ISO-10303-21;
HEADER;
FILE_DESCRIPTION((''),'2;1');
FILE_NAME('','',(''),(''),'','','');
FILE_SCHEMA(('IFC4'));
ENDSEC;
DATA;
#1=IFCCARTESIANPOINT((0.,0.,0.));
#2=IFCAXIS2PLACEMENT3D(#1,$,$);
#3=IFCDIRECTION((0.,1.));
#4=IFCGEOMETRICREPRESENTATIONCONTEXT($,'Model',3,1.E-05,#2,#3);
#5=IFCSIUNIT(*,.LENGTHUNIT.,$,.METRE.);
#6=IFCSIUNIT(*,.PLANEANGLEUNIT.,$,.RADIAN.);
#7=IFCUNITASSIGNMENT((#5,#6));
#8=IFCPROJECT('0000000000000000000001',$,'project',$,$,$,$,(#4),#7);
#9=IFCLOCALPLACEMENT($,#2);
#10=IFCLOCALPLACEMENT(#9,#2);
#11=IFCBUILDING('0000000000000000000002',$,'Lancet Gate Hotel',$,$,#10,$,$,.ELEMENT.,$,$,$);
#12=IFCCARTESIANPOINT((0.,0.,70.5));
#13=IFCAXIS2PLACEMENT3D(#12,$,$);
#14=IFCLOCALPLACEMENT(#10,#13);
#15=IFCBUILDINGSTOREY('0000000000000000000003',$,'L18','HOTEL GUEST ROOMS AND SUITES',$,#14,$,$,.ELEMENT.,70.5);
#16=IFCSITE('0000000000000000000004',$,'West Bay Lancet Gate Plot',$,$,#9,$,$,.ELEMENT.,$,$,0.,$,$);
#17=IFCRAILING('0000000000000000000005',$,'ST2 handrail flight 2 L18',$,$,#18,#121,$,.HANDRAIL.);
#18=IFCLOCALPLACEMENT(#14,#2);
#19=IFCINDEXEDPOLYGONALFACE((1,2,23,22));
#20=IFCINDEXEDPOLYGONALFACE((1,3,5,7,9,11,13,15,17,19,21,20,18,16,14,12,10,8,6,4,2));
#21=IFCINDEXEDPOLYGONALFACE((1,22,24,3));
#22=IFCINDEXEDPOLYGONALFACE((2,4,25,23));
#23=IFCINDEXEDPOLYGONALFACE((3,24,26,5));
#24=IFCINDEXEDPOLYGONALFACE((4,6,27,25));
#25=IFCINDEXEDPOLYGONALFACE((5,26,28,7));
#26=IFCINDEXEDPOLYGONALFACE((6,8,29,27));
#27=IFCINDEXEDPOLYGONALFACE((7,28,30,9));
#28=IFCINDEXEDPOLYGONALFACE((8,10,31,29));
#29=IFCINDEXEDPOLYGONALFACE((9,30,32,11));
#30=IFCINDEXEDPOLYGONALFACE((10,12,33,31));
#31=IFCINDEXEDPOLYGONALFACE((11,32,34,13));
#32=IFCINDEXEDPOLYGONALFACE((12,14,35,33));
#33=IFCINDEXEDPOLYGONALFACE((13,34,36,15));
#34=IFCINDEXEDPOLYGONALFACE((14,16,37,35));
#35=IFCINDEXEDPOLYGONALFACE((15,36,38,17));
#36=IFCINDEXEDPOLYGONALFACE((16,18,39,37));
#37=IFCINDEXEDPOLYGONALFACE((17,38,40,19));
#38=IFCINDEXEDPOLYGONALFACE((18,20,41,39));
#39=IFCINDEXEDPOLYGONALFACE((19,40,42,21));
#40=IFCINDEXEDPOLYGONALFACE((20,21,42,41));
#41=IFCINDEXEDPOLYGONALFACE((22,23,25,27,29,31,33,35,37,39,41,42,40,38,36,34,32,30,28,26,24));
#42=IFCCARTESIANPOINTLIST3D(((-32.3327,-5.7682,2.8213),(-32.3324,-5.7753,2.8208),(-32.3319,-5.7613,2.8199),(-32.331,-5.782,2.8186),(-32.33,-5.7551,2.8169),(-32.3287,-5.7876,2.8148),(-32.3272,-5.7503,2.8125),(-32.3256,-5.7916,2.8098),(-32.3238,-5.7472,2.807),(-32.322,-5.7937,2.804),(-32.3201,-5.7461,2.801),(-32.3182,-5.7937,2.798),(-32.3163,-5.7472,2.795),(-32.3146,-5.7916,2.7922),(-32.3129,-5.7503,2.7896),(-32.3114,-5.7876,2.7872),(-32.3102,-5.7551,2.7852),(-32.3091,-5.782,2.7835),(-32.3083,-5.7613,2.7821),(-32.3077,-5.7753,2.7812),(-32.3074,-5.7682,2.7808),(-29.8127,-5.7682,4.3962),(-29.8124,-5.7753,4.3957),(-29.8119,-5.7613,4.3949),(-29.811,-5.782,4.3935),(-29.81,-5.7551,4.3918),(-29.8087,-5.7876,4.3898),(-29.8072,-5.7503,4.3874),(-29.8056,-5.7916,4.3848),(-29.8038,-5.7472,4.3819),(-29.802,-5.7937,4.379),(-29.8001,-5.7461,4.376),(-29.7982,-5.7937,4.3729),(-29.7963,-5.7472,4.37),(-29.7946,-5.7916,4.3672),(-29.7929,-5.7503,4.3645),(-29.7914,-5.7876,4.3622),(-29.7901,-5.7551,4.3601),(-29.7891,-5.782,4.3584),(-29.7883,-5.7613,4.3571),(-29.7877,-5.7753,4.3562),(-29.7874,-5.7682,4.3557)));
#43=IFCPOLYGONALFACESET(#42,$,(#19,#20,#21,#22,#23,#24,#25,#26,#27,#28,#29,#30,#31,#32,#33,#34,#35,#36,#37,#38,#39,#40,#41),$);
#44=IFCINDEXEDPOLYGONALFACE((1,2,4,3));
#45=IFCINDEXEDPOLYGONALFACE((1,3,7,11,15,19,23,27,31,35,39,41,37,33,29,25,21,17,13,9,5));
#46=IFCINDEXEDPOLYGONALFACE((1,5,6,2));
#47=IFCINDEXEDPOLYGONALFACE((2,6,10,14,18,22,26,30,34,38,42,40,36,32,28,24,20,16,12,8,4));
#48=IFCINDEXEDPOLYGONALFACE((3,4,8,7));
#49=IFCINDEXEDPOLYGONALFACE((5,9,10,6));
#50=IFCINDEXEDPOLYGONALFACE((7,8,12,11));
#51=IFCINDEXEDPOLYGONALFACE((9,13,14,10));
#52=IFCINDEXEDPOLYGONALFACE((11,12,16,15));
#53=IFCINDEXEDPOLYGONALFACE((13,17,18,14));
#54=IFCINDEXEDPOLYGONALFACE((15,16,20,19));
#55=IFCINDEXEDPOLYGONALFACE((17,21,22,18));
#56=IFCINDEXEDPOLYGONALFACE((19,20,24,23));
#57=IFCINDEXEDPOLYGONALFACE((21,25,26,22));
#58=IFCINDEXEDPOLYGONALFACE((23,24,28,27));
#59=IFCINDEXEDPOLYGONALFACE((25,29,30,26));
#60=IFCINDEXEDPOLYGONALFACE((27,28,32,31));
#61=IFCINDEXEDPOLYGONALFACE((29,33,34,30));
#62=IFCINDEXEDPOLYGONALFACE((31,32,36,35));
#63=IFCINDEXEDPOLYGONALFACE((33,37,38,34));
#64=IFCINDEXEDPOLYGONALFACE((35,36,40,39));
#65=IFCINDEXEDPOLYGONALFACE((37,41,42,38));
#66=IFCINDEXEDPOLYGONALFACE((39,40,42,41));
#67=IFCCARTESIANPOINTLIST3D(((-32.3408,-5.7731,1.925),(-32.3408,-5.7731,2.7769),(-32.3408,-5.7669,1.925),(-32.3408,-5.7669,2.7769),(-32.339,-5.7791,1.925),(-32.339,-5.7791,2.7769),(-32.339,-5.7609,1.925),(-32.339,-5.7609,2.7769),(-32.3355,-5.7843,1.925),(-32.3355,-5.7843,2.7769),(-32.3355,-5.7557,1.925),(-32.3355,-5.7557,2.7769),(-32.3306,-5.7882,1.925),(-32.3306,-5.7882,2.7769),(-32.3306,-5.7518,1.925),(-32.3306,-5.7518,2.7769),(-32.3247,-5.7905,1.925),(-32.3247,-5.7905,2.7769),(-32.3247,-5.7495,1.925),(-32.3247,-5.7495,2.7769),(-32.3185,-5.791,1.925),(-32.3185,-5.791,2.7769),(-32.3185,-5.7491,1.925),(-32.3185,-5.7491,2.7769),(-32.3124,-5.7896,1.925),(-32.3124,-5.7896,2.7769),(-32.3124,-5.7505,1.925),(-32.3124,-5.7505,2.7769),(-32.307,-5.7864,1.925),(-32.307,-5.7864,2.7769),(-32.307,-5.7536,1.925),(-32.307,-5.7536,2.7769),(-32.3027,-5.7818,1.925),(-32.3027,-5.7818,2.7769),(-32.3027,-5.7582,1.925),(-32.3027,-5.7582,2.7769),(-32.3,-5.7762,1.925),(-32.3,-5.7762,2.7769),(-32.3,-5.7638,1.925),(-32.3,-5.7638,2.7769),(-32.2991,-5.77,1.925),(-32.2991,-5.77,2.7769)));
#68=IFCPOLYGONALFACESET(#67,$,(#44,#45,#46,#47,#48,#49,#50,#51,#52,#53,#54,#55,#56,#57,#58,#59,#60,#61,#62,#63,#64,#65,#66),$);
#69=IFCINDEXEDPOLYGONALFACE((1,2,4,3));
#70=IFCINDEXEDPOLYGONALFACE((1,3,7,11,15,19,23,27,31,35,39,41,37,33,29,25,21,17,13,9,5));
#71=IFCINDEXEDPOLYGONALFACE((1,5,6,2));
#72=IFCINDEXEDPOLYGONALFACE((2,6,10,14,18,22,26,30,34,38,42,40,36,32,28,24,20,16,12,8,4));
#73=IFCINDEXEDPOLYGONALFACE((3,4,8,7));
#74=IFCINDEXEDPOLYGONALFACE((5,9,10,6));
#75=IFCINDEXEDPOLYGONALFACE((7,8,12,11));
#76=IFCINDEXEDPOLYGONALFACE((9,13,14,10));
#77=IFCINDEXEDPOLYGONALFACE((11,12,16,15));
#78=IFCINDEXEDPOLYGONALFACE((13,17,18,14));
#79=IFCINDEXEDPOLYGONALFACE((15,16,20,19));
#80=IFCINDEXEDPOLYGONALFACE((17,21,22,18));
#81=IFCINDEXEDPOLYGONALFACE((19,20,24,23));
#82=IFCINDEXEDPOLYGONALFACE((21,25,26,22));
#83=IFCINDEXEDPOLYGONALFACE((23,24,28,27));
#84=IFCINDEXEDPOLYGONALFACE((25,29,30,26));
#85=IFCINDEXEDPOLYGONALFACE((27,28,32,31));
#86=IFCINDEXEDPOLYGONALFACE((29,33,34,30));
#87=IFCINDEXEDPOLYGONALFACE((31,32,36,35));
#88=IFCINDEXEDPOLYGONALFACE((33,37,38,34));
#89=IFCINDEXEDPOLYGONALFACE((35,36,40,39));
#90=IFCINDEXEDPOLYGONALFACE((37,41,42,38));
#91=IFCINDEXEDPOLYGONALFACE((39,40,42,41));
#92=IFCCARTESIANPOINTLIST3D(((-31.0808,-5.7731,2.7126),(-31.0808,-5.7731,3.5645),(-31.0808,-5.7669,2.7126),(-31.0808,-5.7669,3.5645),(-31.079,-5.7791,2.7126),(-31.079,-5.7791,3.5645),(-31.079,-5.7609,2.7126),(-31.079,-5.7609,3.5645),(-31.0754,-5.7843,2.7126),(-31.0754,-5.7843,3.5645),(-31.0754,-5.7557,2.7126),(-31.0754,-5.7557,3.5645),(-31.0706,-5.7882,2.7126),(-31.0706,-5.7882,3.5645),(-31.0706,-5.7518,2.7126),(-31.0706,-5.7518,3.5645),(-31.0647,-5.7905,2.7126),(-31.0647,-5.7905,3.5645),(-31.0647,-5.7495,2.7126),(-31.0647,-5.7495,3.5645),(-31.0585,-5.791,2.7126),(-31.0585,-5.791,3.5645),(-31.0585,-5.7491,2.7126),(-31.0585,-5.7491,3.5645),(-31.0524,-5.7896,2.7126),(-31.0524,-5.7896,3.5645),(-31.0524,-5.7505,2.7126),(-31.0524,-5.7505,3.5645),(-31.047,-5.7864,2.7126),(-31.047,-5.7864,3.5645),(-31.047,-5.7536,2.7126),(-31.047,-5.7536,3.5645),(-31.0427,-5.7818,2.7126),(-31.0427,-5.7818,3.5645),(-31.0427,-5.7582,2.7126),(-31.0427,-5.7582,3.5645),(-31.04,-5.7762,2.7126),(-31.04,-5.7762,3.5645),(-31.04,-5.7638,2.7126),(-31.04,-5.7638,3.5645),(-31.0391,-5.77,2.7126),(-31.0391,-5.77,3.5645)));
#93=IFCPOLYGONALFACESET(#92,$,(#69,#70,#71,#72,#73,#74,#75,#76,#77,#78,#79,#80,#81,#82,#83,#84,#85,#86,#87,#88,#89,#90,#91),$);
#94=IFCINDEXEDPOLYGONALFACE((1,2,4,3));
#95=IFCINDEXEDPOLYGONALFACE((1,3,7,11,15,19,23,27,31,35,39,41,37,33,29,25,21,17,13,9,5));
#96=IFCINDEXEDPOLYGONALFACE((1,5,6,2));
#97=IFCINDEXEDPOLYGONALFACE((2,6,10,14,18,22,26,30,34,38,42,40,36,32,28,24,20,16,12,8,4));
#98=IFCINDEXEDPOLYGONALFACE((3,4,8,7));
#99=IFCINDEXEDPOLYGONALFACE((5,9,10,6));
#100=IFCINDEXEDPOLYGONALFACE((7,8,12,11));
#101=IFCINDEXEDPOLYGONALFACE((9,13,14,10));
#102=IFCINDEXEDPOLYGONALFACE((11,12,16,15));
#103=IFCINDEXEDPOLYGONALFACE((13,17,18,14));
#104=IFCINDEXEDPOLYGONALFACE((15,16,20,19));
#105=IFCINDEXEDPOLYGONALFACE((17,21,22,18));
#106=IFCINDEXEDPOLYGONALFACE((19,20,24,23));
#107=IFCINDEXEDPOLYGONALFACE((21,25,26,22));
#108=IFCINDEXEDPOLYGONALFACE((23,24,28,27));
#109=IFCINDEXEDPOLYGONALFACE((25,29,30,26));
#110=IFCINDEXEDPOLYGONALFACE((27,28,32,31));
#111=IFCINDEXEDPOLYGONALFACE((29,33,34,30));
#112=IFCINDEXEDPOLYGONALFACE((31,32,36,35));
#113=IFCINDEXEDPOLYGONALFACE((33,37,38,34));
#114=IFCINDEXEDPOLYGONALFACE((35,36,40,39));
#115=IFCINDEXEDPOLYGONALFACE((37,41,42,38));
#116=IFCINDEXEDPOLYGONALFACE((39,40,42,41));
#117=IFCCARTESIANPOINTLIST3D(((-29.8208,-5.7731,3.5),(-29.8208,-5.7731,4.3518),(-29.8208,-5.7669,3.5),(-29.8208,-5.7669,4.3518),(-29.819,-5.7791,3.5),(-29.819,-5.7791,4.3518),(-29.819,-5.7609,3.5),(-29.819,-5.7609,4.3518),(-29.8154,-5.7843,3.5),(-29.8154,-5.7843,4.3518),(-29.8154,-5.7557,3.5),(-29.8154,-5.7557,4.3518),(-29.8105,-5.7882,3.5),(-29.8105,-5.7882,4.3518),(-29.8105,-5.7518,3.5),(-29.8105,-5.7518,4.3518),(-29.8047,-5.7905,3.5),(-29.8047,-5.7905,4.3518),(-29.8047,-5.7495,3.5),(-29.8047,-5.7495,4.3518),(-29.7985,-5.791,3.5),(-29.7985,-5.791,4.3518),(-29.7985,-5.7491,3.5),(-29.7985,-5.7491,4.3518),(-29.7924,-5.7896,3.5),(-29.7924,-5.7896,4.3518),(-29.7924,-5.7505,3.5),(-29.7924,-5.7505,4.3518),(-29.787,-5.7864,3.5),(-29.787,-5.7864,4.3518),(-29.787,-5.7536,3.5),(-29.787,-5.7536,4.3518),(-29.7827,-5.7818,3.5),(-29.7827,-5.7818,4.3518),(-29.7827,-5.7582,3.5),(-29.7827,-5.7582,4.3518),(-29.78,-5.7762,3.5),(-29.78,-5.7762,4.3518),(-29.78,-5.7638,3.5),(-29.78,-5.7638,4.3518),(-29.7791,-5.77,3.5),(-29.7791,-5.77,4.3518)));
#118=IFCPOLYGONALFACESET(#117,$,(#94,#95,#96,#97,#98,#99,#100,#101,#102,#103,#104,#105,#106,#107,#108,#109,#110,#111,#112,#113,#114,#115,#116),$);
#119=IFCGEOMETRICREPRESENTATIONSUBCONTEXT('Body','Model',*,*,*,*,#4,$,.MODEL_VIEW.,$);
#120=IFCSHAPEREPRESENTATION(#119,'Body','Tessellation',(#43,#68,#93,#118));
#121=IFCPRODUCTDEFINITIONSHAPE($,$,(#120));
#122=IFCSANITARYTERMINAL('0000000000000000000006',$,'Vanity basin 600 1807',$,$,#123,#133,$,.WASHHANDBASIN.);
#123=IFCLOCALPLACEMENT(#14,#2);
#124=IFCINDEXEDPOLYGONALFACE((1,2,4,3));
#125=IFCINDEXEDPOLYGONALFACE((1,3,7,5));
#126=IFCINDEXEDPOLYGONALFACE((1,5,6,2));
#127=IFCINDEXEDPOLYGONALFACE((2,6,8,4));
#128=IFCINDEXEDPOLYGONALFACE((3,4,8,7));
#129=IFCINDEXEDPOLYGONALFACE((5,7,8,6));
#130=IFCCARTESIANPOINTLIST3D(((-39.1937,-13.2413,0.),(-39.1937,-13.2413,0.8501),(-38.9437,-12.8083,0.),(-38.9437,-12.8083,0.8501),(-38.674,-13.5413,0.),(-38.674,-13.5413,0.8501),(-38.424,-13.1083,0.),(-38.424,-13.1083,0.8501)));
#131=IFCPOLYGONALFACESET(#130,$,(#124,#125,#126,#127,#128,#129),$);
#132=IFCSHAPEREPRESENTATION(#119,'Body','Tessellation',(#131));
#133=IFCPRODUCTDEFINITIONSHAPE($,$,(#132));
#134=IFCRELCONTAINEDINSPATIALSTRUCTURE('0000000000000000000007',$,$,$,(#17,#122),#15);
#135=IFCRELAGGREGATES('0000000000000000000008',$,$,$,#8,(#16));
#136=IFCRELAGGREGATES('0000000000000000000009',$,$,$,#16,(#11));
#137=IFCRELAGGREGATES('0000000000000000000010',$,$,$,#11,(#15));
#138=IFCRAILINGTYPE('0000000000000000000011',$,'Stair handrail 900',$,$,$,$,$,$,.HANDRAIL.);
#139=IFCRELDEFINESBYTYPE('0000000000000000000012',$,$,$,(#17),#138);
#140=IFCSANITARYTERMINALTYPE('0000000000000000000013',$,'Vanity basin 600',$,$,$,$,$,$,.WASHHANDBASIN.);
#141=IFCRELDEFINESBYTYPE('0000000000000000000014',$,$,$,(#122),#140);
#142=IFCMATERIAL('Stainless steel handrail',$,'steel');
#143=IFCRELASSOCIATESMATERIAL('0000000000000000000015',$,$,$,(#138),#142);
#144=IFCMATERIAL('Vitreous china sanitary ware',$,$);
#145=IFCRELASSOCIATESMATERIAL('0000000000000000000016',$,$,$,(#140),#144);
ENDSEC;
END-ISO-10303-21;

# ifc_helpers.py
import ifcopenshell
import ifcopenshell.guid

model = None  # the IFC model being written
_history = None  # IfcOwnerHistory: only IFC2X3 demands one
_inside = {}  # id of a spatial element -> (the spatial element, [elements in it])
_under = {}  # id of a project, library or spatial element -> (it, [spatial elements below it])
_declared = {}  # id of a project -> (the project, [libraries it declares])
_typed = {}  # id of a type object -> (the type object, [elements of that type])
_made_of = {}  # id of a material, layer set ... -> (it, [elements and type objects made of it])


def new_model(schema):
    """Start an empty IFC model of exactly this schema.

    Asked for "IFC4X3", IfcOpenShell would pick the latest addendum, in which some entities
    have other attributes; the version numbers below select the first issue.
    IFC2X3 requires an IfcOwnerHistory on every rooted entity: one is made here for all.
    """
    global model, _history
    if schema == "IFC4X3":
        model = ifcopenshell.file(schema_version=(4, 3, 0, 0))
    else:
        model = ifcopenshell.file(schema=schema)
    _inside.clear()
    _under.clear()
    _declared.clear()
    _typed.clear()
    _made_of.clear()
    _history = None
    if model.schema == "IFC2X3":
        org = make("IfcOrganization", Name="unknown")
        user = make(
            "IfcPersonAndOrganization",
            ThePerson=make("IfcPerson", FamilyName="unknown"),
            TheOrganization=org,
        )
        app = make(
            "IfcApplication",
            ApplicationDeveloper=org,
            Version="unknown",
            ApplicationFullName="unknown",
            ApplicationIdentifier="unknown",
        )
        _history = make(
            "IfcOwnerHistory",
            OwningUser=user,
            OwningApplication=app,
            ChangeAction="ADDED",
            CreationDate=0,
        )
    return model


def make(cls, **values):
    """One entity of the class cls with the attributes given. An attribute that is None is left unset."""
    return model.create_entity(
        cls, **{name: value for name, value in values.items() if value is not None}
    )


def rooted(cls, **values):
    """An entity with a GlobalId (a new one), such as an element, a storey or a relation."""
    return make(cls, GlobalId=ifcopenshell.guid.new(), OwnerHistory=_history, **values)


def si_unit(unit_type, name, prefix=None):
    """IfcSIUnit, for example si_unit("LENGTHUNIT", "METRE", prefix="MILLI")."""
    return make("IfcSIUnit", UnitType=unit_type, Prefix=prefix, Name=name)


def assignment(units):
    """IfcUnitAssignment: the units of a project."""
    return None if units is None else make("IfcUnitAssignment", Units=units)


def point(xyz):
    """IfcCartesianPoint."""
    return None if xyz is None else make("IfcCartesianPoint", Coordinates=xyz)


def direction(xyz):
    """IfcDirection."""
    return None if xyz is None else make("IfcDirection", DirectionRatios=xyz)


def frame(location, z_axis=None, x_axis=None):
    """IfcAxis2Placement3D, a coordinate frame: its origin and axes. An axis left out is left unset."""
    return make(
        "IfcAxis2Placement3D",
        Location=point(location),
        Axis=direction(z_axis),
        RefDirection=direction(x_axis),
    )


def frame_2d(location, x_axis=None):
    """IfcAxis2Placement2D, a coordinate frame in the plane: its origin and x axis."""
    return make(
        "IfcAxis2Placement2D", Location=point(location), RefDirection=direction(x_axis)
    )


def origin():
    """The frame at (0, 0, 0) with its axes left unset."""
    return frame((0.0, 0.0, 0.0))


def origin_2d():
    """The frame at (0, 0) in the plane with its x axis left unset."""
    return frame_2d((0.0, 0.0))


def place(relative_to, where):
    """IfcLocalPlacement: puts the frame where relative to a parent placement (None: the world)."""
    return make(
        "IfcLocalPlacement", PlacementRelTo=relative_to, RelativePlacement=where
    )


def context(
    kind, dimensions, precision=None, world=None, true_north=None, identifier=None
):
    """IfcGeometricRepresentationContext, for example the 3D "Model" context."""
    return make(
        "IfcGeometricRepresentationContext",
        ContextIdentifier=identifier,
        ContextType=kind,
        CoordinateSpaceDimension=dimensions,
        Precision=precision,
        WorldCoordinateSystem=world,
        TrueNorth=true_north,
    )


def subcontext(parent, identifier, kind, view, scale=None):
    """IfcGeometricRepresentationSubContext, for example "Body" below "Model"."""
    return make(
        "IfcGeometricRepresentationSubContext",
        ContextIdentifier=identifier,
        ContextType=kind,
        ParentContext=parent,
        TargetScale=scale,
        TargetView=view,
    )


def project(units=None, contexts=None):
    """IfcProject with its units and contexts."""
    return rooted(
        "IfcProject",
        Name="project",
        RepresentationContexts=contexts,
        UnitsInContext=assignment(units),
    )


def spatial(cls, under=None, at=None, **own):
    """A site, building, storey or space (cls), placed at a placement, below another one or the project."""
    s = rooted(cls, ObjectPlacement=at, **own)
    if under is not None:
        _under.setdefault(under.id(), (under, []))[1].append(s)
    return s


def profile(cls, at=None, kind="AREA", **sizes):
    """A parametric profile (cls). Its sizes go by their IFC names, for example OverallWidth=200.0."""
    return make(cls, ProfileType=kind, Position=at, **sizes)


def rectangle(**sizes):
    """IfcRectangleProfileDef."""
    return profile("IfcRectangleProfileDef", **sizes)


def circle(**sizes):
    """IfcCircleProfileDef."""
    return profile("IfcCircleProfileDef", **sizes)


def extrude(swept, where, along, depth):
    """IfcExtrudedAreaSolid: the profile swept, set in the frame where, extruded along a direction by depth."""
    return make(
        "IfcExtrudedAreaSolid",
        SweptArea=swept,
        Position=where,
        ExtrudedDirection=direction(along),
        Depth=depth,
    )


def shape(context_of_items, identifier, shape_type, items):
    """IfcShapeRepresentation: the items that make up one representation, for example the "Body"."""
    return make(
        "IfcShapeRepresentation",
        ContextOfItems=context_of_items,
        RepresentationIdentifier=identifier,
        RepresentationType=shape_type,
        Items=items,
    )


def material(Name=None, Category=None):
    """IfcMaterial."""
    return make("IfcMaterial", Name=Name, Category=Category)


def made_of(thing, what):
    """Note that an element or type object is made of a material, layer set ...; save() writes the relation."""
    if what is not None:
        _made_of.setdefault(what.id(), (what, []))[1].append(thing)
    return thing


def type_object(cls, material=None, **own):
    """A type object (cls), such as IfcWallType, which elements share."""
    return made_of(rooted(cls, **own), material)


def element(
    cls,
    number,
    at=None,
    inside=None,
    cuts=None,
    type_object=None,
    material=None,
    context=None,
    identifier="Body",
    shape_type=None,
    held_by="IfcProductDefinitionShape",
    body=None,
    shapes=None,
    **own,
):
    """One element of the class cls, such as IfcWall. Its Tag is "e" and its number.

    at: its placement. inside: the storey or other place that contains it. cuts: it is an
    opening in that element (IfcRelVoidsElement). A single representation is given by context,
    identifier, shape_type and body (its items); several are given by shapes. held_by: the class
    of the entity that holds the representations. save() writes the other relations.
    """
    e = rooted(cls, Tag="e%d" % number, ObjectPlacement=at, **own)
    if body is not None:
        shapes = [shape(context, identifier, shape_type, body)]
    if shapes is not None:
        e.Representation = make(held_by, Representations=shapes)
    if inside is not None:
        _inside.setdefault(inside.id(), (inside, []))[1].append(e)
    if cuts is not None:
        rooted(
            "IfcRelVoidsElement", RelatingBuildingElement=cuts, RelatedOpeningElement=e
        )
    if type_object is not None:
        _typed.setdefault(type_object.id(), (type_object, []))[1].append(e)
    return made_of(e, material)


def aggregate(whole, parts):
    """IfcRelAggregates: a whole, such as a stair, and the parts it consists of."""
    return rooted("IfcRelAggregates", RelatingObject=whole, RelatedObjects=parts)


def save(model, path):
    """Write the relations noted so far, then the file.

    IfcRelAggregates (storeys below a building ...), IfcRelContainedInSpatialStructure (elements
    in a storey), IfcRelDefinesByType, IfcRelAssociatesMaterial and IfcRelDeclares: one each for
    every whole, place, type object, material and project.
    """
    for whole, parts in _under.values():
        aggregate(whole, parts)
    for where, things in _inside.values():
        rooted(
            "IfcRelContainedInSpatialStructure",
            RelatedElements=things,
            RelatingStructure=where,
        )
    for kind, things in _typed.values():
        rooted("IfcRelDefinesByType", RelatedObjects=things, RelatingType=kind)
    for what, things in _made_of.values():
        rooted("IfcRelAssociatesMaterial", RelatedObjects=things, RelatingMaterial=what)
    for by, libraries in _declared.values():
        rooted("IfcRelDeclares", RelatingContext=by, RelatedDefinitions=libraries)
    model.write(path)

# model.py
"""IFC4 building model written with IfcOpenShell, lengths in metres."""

from ifc_helpers import new_model, si_unit, direction, frame, origin, origin_2d, place, context, subcontext, project, spatial, rectangle, circle, extrude, material, type_object, element, save


model = new_model("IFC4")

# Units and contexts
model_context = context("Model", 3, precision=1e-05, world=origin(), true_north=direction((0.0, 1.0)))
body_context = subcontext(model_context, "Body", "Model", "MODEL_VIEW")
ifc_project = project(units=[si_unit("LENGTHUNIT", "METRE"), si_unit("PLANEANGLEUNIT", "RADIAN")], contexts=[model_context])

# Site, building, storey
site_placement = place(None, origin())
site = spatial("IfcSite", under=ifc_project, at=site_placement, Name="West Bay Lancet Gate Plot", CompositionType="ELEMENT", RefElevation=0.0)
building_placement = place(site_placement, origin())
building = spatial("IfcBuilding", under=site, at=building_placement, Name="Lancet Gate Hotel", CompositionType="ELEMENT")
storey_placement = place(building_placement, frame((0.0, 0.0, 70.5)))
storey = spatial("IfcBuildingStorey", under=building, at=storey_placement, Name="L18", Description="HOTEL GUEST ROOMS AND SUITES", CompositionType="ELEMENT", Elevation=70.5)

# Railing
ifc_material_1 = material(Name="Stainless steel handrail", Category="steel")
railing_type = type_object("IfcRailingType", Name="Stair handrail 900", PredefinedType="HANDRAIL", material=ifc_material_1)
railing_1_placement = place(storey_placement, frame((-32.3201, -5.77, 1.925)))
element("IfcRailing", 1, at=railing_1_placement, inside=storey, type_object=railing_type, Name="ST2 handrail flight 2 L18", PredefinedType="HANDRAIL", context=body_context, shape_type="SweptSolid", body=[
    extrude(circle(Radius=0.0239, at=origin_2d()), frame((0.0, 0.0, 0.876), z_axis=(0.848008, 0.0, 0.529984), x_axis=(0.0, 1.0, 0.0)), (0.0, 0.0, 1.0), 2.9717),
    extrude(circle(Radius=0.021, at=origin_2d()), origin(), (0.0, 0.0, 1.0), 0.8518),
    extrude(circle(Radius=0.021, at=origin_2d()), frame((1.26, 0.0, 0.7876)), (0.0, 0.0, 1.0), 0.8518),
    extrude(circle(Radius=0.021, at=origin_2d()), frame((2.52, 0.0, 1.575)), (0.0, 0.0, 1.0), 0.8518),
])

# Sanitary terminal
ifc_material_2 = material(Name="Vitreous china sanitary ware")
sanitary_terminal_type = type_object("IfcSanitaryTerminalType", Name="Vanity basin 600", PredefinedType="WASHHANDBASIN", material=ifc_material_2)
sanitary_terminal_placement = place(storey_placement, frame((-38.8088, -13.1748, 0.0), z_axis=(0.0, 0.0, 1.0), x_axis=(-0.866025, 0.5, 0.0)))
element("IfcSanitaryTerminal", 2, at=sanitary_terminal_placement, inside=storey, type_object=sanitary_terminal_type, Name="Vanity basin 600 1807", PredefinedType="WASHHANDBASIN", context=body_context, shape_type="SweptSolid", body=[
    extrude(rectangle(XDim=0.6001, YDim=0.5, at=origin_2d()), origin(), (0.0, 0.0, 1.0), 0.8501),
])

save(model, "model.ifc")
